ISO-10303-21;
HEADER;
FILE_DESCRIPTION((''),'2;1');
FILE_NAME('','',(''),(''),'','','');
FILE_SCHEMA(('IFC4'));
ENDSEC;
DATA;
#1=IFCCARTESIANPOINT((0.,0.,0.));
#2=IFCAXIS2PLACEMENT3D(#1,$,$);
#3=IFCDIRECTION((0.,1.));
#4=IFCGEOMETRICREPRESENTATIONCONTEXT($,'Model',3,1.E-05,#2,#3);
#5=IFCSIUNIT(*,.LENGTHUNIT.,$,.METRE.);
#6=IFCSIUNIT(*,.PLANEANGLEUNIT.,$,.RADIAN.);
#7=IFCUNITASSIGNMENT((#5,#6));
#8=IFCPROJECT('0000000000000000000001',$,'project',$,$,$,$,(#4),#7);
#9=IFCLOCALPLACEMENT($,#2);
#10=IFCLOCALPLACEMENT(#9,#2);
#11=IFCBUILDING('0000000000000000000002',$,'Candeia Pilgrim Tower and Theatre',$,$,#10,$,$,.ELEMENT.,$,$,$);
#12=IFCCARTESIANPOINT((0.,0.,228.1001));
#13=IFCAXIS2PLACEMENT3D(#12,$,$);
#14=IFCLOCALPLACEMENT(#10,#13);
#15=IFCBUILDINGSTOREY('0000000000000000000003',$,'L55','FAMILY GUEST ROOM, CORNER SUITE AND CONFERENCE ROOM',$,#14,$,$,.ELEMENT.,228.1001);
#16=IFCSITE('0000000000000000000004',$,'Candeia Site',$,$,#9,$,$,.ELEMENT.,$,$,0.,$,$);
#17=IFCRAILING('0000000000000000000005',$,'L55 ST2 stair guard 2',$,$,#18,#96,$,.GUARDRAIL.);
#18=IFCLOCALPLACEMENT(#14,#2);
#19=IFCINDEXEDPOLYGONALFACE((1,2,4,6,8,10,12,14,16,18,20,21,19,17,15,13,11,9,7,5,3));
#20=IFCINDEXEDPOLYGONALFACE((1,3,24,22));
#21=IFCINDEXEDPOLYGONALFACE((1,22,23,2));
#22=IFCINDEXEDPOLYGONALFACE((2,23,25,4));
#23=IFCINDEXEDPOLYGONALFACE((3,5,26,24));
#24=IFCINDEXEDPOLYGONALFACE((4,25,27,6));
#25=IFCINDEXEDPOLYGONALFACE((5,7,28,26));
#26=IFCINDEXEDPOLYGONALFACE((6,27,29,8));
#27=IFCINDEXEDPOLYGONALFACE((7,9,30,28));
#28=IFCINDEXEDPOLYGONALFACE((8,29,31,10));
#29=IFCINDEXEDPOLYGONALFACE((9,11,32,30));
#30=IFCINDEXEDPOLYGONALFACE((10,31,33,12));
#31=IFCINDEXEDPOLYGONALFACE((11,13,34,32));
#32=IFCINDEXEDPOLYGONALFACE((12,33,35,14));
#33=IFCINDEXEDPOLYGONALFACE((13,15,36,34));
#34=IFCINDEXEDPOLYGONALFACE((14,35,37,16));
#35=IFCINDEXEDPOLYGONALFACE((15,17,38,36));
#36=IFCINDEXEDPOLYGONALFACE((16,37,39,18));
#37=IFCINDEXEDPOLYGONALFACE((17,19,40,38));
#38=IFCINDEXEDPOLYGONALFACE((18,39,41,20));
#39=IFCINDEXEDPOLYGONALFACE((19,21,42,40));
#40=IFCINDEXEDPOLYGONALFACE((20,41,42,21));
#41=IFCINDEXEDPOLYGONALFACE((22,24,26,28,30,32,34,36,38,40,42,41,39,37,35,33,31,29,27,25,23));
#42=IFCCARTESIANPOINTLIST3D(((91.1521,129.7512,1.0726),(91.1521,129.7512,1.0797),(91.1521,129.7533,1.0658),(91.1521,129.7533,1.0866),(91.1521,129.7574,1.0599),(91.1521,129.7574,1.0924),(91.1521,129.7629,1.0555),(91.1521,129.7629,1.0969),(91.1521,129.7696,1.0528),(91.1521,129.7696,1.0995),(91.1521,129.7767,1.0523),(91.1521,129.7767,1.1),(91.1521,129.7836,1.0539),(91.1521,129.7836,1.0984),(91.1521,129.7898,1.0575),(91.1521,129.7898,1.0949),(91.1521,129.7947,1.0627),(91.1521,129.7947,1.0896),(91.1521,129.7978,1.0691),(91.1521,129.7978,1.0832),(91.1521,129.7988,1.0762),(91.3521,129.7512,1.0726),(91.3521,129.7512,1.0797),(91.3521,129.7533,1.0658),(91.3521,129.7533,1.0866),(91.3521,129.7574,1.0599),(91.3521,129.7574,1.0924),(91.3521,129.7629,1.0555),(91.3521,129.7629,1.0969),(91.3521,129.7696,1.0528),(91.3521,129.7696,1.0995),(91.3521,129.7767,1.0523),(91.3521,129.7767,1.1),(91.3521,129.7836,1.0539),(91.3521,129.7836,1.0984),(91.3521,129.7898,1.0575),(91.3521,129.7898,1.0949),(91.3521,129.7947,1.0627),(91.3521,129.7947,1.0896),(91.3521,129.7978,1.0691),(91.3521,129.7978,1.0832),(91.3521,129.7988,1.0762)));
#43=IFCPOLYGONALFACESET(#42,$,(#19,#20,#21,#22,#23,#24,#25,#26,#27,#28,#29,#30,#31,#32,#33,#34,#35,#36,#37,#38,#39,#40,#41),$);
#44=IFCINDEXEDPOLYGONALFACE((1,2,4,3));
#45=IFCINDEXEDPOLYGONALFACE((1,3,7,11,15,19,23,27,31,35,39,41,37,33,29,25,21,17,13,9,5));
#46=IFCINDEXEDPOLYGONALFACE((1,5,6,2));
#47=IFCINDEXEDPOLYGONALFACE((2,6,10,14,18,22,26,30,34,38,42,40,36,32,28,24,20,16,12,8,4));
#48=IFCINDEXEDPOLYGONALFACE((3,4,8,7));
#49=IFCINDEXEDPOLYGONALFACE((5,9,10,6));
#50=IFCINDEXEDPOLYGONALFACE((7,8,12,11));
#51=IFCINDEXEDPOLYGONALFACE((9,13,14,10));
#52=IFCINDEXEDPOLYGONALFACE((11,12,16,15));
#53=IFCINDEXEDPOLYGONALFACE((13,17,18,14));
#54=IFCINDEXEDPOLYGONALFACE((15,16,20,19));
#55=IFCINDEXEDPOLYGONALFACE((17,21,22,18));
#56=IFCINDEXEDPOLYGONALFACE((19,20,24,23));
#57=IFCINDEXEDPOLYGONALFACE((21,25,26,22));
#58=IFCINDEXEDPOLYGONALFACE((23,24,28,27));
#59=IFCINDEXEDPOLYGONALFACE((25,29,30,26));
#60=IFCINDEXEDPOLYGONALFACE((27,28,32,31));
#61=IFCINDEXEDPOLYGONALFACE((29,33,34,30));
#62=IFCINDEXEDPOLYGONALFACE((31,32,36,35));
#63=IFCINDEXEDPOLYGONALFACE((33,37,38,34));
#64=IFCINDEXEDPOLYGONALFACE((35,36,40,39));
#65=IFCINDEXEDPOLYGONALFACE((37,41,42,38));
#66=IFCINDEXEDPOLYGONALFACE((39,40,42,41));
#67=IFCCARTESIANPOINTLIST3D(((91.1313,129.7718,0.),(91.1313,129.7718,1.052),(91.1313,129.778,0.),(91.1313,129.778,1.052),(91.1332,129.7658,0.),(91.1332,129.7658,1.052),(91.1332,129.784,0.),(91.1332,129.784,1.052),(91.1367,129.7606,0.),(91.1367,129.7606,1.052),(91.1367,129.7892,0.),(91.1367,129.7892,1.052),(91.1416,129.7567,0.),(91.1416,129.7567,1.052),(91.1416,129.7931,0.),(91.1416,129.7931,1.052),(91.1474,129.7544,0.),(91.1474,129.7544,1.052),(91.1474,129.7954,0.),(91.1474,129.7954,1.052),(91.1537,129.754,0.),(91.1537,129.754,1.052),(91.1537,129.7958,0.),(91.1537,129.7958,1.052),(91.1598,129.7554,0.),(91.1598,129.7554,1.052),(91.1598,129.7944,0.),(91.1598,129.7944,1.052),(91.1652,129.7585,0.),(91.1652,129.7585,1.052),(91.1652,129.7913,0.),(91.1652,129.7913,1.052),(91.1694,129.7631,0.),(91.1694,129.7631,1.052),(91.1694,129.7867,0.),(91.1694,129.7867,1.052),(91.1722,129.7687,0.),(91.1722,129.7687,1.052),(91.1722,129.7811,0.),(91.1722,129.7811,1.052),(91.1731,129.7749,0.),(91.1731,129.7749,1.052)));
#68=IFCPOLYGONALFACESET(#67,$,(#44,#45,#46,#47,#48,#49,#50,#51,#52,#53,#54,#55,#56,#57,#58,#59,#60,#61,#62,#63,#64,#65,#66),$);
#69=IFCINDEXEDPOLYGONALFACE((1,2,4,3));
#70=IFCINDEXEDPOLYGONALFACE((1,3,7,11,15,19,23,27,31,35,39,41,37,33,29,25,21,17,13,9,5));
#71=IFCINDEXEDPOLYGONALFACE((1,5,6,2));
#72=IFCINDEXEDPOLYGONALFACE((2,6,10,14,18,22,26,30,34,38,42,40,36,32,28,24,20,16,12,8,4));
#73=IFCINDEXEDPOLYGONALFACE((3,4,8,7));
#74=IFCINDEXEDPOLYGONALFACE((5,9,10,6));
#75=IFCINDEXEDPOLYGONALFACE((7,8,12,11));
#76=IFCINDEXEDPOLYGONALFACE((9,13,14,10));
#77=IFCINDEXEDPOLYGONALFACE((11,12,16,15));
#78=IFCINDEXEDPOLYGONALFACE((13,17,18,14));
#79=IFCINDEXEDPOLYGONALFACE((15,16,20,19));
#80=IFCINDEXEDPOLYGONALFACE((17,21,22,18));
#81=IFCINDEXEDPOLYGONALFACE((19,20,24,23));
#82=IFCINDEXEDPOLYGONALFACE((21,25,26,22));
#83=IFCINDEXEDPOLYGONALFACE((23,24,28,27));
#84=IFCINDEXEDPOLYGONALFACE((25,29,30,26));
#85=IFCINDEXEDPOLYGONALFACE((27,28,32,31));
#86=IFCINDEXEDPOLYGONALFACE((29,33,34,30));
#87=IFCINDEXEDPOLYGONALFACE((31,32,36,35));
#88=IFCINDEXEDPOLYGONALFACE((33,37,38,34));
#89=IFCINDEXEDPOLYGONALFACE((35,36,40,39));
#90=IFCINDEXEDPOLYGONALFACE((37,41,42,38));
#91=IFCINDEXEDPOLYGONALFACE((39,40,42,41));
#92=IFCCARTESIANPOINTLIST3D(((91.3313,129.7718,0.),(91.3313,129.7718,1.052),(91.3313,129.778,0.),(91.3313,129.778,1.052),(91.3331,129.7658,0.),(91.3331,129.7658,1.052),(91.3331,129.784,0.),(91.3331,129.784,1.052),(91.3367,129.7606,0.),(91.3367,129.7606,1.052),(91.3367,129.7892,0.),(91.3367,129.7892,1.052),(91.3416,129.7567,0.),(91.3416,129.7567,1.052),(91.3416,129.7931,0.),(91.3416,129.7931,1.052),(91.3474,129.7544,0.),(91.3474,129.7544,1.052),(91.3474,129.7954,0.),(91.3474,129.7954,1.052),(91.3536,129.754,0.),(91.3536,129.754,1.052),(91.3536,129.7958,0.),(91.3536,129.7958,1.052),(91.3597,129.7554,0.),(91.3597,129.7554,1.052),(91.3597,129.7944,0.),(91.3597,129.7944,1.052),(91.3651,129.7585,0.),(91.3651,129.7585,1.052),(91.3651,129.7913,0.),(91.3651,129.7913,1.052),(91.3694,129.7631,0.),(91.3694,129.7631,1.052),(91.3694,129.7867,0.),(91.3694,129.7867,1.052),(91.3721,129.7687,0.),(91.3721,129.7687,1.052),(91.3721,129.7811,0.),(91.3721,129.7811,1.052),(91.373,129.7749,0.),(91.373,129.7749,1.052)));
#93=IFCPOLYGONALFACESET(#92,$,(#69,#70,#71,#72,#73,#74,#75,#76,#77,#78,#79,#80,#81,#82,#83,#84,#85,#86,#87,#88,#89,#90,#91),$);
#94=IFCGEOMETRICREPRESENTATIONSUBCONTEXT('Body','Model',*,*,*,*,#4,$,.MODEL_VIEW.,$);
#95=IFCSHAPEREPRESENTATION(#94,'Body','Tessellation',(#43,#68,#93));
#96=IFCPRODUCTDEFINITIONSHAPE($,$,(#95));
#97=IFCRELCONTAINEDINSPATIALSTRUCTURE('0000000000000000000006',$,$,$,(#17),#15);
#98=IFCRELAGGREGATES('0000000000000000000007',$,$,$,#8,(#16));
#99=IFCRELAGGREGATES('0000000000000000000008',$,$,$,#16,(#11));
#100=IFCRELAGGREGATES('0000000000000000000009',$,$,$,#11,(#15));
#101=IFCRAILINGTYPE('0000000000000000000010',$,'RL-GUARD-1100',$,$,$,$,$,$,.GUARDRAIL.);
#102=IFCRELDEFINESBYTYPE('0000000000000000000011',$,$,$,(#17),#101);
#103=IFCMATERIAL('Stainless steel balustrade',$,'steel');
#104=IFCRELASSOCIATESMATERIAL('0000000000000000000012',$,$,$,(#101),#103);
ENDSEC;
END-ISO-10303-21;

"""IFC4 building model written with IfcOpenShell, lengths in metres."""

from ifc_helpers import new_model, si_unit, direction, frame, origin, origin_2d, place, context, subcontext, project, spatial, circle, extrude, material, type_object, element, save


model = new_model("IFC4")

# Units and contexts
model_context = context("Model", 3, precision=1e-05, world=origin(), true_north=direction((0.0, 1.0)))
body_context = subcontext(model_context, "Body", "Model", "MODEL_VIEW")
ifc_project = project(units=[si_unit("LENGTHUNIT", "METRE"), si_unit("PLANEANGLEUNIT", "RADIAN")], contexts=[model_context])

# Site, building, storey
site_placement = place(None, origin())
site = spatial("IfcSite", under=ifc_project, at=site_placement, Name="Candeia Site", CompositionType="ELEMENT", RefElevation=0.0)
building_placement = place(site_placement, origin())
building = spatial("IfcBuilding", under=site, at=building_placement, Name="Candeia Pilgrim Tower and Theatre", CompositionType="ELEMENT")
storey_placement = place(building_placement, frame((0.0, 0.0, 228.1001)))
storey = spatial("IfcBuildingStorey", under=building, at=storey_placement, Name="L55", Description="FAMILY GUEST ROOM, CORNER SUITE AND CONFERENCE ROOM", CompositionType="ELEMENT", Elevation=228.1001)

# Shared definitions
ifc_material_1 = material(Name="Stainless steel balustrade", Category="steel")

# Railing
railing_type_1 = type_object("IfcRailingType", Name="RL-GUARD-1100", PredefinedType="GUARDRAIL", material=ifc_material_1)
railing_1_placement = place(storey_placement, frame((91.1521, 129.7749, 0.0)))
element("IfcRailing", 1, at=railing_1_placement, inside=storey, type_object=railing_type_1, Name="L55 ST2 stair guard 2", PredefinedType="GUARDRAIL", context=body_context, shape_type="SweptSolid", body=[
    extrude(circle(Radius=0.0239, at=origin_2d()), frame((0.0, 0.0, 1.0762), z_axis=(1.0, 0.0, 0.0), x_axis=(0.0, 1.0, 0.0)), (0.0, 0.0, 1.0), 0.2),
    extrude(circle(Radius=0.021, at=origin_2d()), origin(), (0.0, 0.0, 1.0), 1.052),
    extrude(circle(Radius=0.021, at=origin_2d()), frame((0.2, 0.0, 0.0)), (0.0, 0.0, 1.0), 1.052),
])

save(model, "model.ifc")
